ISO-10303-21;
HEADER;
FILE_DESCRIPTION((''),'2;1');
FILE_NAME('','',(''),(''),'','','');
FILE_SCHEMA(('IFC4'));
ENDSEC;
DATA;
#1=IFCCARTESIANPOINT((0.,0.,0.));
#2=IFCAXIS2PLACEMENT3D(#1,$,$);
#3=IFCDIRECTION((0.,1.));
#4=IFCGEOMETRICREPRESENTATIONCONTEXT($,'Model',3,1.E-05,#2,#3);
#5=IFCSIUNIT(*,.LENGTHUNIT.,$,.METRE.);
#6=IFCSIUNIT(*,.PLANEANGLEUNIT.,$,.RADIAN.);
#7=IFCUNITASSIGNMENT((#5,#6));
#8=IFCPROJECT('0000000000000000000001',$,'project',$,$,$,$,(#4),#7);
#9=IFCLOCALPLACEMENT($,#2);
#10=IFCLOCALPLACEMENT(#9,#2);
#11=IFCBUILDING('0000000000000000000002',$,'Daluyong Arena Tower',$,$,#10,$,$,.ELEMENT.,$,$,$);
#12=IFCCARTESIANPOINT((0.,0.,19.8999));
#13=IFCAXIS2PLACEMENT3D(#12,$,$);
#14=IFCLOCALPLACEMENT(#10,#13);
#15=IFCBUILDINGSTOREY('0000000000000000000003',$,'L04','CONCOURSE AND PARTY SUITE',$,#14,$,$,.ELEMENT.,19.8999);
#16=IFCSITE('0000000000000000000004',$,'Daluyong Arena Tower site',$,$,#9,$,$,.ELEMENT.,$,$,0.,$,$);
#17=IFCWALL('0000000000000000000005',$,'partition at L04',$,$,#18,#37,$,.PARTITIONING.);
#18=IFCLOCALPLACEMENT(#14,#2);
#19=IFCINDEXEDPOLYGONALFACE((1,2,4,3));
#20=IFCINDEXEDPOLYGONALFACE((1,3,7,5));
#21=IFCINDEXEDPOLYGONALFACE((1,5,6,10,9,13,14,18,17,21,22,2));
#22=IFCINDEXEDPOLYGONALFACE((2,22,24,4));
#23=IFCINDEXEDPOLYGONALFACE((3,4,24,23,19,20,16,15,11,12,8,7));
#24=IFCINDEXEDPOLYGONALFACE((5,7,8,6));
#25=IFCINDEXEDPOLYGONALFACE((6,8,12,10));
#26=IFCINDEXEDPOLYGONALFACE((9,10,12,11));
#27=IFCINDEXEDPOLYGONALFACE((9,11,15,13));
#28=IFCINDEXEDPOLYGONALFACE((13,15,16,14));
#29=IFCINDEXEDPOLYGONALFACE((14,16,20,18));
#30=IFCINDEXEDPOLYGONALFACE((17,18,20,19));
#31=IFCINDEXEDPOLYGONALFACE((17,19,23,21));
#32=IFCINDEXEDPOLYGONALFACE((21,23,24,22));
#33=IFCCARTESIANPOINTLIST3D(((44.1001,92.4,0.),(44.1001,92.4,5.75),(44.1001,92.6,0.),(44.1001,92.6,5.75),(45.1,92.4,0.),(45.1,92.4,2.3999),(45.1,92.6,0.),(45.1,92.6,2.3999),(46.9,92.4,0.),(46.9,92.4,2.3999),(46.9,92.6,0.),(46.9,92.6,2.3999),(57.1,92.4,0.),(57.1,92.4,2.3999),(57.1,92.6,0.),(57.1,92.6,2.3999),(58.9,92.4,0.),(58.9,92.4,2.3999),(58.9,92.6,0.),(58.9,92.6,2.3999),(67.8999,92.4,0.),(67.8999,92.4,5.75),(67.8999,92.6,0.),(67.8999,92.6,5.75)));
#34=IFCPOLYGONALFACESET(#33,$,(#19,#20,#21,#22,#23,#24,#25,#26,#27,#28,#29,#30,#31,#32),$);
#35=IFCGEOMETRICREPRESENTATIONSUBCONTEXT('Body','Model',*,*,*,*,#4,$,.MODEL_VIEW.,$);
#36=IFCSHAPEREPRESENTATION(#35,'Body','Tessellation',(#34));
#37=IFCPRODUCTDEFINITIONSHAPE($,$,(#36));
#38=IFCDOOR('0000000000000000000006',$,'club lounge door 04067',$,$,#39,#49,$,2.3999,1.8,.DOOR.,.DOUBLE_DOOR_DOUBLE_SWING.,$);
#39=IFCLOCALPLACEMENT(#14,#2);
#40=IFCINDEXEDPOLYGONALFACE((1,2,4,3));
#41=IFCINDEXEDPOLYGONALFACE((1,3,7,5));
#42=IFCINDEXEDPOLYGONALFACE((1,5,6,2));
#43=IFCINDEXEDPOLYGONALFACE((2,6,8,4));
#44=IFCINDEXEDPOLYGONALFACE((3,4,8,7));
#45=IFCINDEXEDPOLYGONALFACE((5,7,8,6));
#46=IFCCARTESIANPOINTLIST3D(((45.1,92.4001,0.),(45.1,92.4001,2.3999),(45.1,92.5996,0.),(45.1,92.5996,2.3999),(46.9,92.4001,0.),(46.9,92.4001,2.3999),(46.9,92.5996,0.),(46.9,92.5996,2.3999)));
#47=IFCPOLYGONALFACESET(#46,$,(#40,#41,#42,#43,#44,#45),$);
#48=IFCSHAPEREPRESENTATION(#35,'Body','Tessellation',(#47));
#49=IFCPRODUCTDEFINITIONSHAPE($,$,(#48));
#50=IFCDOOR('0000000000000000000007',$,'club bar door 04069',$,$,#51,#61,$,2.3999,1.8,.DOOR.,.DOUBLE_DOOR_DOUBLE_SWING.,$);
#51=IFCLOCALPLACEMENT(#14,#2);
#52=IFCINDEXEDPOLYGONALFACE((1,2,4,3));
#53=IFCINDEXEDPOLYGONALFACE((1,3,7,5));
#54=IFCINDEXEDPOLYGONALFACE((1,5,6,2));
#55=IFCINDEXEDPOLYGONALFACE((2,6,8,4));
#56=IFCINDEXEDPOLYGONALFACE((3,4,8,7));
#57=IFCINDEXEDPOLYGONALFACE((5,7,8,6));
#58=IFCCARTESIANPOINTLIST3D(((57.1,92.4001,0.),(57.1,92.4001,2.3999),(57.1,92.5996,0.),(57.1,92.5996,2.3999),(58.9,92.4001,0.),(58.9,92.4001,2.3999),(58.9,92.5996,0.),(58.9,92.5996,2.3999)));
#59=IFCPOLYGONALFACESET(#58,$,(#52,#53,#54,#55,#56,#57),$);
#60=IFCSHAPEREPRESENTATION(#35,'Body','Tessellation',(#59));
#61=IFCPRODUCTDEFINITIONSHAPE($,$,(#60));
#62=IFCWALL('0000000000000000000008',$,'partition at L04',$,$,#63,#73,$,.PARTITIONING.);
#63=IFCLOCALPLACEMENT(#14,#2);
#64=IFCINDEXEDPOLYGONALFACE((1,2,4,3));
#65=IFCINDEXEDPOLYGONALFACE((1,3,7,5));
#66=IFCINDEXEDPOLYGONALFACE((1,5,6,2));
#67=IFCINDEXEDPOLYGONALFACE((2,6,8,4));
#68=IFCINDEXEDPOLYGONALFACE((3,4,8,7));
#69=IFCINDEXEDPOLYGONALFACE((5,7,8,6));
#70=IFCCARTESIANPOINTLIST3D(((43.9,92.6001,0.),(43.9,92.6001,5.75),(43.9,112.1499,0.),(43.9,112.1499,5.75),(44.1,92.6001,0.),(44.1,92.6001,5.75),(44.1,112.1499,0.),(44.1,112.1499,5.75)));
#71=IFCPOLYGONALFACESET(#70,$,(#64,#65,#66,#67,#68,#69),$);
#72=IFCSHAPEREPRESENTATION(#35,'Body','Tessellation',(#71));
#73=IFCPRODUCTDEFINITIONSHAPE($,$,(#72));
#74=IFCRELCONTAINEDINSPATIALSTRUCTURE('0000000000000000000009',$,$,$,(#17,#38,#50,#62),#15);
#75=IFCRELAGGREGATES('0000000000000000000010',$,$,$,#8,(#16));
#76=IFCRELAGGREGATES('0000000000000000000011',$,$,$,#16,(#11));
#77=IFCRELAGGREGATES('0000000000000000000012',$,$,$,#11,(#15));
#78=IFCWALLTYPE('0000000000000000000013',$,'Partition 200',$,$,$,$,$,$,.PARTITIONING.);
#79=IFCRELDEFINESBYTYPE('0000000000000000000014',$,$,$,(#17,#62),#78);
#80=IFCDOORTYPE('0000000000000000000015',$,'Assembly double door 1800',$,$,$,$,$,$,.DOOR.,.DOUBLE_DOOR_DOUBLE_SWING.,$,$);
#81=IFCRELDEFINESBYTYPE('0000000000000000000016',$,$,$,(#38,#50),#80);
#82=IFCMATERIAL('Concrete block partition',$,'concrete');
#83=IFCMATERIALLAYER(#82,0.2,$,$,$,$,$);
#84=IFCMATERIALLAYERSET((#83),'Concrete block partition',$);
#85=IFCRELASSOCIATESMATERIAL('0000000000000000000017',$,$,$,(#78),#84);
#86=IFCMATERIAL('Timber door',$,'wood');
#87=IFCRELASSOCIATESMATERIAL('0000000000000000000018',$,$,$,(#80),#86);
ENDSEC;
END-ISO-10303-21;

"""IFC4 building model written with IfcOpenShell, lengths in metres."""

from ifc_helpers import new_model, si_unit, direction, frame, frame_2d, origin, place, context, subcontext, project, spatial, rectangle, extrude, material, layer, layer_set, type_object, element, fill, save


model = new_model("IFC4")

# Units and contexts
model_context = context("Model", 3, precision=1e-05, world=origin(), true_north=direction((0.0, 1.0)))
body_context = subcontext(model_context, "Body", "Model", "MODEL_VIEW")
ifc_project = project(units=[si_unit("LENGTHUNIT", "METRE"), si_unit("PLANEANGLEUNIT", "RADIAN")], contexts=[model_context])

# Site, building, storey
site_placement = place(None, origin())
site = spatial("IfcSite", under=ifc_project, at=site_placement, Name="Daluyong Arena Tower site", CompositionType="ELEMENT", RefElevation=0.0)
building_placement = place(site_placement, origin())
building = spatial("IfcBuilding", under=site, at=building_placement, Name="Daluyong Arena Tower", CompositionType="ELEMENT")
storey_placement = place(building_placement, frame((0.0, 0.0, 19.8999)))
storey = spatial("IfcBuildingStorey", under=building, at=storey_placement, Name="L04", Description="CONCOURSE AND PARTY SUITE", CompositionType="ELEMENT", Elevation=19.8999)

# Wall, openings, doors
ifc_material_1 = material(Name="Concrete block partition", Category="concrete")
ifc_layer_1 = layer(ifc_material_1, 0.2)
ifc_layer_set_1 = layer_set([ifc_layer_1], Name="Concrete block partition")
wall_type_1 = type_object("IfcWallType", Name="Partition 200", PredefinedType="PARTITIONING", material=ifc_layer_set_1)
wall_1_placement = place(storey_placement, frame((44.1001, 92.5, 0.0), z_axis=(0.0, 0.0, 1.0), x_axis=(1.0, 0.0, 0.0)))
wall_1 = element("IfcWall", 1, at=wall_1_placement, inside=storey, type_object=wall_type_1, Name="partition at L04", PredefinedType="PARTITIONING", context=body_context, shape_type="SweptSolid", body=[
    extrude(rectangle(XDim=23.7998, YDim=0.2, at=frame_2d((11.8999, 0.0))), origin(), (0.0, 0.0, 1.0), 5.75),
])
opening_1_placement = place(wall_1_placement, frame((1.0, 0.0, 0.0)))
opening_1 = element("IfcOpeningElement", 2, at=opening_1_placement, cuts=wall_1, PredefinedType="OPENING", context=body_context, shape_type="SweptSolid", body=[
    extrude(rectangle(XDim=1.8, YDim=2.3999, at=frame_2d((0.8999, 1.2))), frame((0.0, 0.1099, 0.0), z_axis=(0.0, -1.0, 0.0), x_axis=(1.0, 0.0, 0.0)), (0.0, 0.0, 1.0), 0.22),
])
opening_2_placement = place(wall_1_placement, frame((13.0, 0.0, 0.0)))
opening_2 = element("IfcOpeningElement", 3, at=opening_2_placement, cuts=wall_1, PredefinedType="OPENING", context=body_context, shape_type="SweptSolid", body=[
    extrude(rectangle(XDim=1.8, YDim=2.3999, at=frame_2d((0.8999, 1.2))), frame((0.0, 0.1099, 0.0), z_axis=(0.0, -1.0, 0.0), x_axis=(1.0, 0.0, 0.0)), (0.0, 0.0, 1.0), 0.22),
])
ifc_material_2 = material(Name="Timber door", Category="wood")
door_type_1 = type_object("IfcDoorType", Name="Assembly double door 1800", OperationType="DOUBLE_DOOR_DOUBLE_SWING", PredefinedType="DOOR", material=ifc_material_2)
door_1_placement = place(opening_1_placement, origin())
door_1 = element("IfcDoor", 4, at=door_1_placement, inside=storey, type_object=door_type_1, Name="club lounge door 04067", OperationType="DOUBLE_DOOR_DOUBLE_SWING", OverallHeight=2.3999, OverallWidth=1.8, PredefinedType="DOOR", context=body_context, shape_type="SweptSolid", body=[
    extrude(rectangle(XDim=1.8, YDim=2.3999, at=frame_2d((0.8999, 1.2))), frame((0.0, 0.0996, 0.0), z_axis=(0.0, -1.0, 0.0), x_axis=(1.0, 0.0, 0.0)), (0.0, 0.0, 1.0), 0.1995),
])
fill(opening_1, door_1)
door_2_placement = place(opening_2_placement, origin())
door_2 = element("IfcDoor", 5, at=door_2_placement, inside=storey, type_object=door_type_1, Name="club bar door 04069", OperationType="DOUBLE_DOOR_DOUBLE_SWING", OverallHeight=2.3999, OverallWidth=1.8, PredefinedType="DOOR", context=body_context, shape_type="SweptSolid", body=[
    extrude(rectangle(XDim=1.8, YDim=2.3999, at=frame_2d((0.8999, 1.2))), frame((0.0, 0.0996, 0.0), z_axis=(0.0, -1.0, 0.0), x_axis=(1.0, 0.0, 0.0)), (0.0, 0.0, 1.0), 0.1995),
])
fill(opening_2, door_2)

# Wall
wall_2_placement = place(storey_placement, frame((44.0, 92.6001, 0.0), z_axis=(0.0, 0.0, 1.0), x_axis=(0.0, 1.0, 0.0)))
element("IfcWall", 6, at=wall_2_placement, inside=storey, type_object=wall_type_1, Name="partition at L04", PredefinedType="PARTITIONING", context=body_context, shape_type="SweptSolid", body=[
    extrude(rectangle(XDim=19.5498, YDim=0.2, at=frame_2d((9.7749, 0.0))), origin(), (0.0, 0.0, 1.0), 5.75),
])

save(model, "model.ifc")
